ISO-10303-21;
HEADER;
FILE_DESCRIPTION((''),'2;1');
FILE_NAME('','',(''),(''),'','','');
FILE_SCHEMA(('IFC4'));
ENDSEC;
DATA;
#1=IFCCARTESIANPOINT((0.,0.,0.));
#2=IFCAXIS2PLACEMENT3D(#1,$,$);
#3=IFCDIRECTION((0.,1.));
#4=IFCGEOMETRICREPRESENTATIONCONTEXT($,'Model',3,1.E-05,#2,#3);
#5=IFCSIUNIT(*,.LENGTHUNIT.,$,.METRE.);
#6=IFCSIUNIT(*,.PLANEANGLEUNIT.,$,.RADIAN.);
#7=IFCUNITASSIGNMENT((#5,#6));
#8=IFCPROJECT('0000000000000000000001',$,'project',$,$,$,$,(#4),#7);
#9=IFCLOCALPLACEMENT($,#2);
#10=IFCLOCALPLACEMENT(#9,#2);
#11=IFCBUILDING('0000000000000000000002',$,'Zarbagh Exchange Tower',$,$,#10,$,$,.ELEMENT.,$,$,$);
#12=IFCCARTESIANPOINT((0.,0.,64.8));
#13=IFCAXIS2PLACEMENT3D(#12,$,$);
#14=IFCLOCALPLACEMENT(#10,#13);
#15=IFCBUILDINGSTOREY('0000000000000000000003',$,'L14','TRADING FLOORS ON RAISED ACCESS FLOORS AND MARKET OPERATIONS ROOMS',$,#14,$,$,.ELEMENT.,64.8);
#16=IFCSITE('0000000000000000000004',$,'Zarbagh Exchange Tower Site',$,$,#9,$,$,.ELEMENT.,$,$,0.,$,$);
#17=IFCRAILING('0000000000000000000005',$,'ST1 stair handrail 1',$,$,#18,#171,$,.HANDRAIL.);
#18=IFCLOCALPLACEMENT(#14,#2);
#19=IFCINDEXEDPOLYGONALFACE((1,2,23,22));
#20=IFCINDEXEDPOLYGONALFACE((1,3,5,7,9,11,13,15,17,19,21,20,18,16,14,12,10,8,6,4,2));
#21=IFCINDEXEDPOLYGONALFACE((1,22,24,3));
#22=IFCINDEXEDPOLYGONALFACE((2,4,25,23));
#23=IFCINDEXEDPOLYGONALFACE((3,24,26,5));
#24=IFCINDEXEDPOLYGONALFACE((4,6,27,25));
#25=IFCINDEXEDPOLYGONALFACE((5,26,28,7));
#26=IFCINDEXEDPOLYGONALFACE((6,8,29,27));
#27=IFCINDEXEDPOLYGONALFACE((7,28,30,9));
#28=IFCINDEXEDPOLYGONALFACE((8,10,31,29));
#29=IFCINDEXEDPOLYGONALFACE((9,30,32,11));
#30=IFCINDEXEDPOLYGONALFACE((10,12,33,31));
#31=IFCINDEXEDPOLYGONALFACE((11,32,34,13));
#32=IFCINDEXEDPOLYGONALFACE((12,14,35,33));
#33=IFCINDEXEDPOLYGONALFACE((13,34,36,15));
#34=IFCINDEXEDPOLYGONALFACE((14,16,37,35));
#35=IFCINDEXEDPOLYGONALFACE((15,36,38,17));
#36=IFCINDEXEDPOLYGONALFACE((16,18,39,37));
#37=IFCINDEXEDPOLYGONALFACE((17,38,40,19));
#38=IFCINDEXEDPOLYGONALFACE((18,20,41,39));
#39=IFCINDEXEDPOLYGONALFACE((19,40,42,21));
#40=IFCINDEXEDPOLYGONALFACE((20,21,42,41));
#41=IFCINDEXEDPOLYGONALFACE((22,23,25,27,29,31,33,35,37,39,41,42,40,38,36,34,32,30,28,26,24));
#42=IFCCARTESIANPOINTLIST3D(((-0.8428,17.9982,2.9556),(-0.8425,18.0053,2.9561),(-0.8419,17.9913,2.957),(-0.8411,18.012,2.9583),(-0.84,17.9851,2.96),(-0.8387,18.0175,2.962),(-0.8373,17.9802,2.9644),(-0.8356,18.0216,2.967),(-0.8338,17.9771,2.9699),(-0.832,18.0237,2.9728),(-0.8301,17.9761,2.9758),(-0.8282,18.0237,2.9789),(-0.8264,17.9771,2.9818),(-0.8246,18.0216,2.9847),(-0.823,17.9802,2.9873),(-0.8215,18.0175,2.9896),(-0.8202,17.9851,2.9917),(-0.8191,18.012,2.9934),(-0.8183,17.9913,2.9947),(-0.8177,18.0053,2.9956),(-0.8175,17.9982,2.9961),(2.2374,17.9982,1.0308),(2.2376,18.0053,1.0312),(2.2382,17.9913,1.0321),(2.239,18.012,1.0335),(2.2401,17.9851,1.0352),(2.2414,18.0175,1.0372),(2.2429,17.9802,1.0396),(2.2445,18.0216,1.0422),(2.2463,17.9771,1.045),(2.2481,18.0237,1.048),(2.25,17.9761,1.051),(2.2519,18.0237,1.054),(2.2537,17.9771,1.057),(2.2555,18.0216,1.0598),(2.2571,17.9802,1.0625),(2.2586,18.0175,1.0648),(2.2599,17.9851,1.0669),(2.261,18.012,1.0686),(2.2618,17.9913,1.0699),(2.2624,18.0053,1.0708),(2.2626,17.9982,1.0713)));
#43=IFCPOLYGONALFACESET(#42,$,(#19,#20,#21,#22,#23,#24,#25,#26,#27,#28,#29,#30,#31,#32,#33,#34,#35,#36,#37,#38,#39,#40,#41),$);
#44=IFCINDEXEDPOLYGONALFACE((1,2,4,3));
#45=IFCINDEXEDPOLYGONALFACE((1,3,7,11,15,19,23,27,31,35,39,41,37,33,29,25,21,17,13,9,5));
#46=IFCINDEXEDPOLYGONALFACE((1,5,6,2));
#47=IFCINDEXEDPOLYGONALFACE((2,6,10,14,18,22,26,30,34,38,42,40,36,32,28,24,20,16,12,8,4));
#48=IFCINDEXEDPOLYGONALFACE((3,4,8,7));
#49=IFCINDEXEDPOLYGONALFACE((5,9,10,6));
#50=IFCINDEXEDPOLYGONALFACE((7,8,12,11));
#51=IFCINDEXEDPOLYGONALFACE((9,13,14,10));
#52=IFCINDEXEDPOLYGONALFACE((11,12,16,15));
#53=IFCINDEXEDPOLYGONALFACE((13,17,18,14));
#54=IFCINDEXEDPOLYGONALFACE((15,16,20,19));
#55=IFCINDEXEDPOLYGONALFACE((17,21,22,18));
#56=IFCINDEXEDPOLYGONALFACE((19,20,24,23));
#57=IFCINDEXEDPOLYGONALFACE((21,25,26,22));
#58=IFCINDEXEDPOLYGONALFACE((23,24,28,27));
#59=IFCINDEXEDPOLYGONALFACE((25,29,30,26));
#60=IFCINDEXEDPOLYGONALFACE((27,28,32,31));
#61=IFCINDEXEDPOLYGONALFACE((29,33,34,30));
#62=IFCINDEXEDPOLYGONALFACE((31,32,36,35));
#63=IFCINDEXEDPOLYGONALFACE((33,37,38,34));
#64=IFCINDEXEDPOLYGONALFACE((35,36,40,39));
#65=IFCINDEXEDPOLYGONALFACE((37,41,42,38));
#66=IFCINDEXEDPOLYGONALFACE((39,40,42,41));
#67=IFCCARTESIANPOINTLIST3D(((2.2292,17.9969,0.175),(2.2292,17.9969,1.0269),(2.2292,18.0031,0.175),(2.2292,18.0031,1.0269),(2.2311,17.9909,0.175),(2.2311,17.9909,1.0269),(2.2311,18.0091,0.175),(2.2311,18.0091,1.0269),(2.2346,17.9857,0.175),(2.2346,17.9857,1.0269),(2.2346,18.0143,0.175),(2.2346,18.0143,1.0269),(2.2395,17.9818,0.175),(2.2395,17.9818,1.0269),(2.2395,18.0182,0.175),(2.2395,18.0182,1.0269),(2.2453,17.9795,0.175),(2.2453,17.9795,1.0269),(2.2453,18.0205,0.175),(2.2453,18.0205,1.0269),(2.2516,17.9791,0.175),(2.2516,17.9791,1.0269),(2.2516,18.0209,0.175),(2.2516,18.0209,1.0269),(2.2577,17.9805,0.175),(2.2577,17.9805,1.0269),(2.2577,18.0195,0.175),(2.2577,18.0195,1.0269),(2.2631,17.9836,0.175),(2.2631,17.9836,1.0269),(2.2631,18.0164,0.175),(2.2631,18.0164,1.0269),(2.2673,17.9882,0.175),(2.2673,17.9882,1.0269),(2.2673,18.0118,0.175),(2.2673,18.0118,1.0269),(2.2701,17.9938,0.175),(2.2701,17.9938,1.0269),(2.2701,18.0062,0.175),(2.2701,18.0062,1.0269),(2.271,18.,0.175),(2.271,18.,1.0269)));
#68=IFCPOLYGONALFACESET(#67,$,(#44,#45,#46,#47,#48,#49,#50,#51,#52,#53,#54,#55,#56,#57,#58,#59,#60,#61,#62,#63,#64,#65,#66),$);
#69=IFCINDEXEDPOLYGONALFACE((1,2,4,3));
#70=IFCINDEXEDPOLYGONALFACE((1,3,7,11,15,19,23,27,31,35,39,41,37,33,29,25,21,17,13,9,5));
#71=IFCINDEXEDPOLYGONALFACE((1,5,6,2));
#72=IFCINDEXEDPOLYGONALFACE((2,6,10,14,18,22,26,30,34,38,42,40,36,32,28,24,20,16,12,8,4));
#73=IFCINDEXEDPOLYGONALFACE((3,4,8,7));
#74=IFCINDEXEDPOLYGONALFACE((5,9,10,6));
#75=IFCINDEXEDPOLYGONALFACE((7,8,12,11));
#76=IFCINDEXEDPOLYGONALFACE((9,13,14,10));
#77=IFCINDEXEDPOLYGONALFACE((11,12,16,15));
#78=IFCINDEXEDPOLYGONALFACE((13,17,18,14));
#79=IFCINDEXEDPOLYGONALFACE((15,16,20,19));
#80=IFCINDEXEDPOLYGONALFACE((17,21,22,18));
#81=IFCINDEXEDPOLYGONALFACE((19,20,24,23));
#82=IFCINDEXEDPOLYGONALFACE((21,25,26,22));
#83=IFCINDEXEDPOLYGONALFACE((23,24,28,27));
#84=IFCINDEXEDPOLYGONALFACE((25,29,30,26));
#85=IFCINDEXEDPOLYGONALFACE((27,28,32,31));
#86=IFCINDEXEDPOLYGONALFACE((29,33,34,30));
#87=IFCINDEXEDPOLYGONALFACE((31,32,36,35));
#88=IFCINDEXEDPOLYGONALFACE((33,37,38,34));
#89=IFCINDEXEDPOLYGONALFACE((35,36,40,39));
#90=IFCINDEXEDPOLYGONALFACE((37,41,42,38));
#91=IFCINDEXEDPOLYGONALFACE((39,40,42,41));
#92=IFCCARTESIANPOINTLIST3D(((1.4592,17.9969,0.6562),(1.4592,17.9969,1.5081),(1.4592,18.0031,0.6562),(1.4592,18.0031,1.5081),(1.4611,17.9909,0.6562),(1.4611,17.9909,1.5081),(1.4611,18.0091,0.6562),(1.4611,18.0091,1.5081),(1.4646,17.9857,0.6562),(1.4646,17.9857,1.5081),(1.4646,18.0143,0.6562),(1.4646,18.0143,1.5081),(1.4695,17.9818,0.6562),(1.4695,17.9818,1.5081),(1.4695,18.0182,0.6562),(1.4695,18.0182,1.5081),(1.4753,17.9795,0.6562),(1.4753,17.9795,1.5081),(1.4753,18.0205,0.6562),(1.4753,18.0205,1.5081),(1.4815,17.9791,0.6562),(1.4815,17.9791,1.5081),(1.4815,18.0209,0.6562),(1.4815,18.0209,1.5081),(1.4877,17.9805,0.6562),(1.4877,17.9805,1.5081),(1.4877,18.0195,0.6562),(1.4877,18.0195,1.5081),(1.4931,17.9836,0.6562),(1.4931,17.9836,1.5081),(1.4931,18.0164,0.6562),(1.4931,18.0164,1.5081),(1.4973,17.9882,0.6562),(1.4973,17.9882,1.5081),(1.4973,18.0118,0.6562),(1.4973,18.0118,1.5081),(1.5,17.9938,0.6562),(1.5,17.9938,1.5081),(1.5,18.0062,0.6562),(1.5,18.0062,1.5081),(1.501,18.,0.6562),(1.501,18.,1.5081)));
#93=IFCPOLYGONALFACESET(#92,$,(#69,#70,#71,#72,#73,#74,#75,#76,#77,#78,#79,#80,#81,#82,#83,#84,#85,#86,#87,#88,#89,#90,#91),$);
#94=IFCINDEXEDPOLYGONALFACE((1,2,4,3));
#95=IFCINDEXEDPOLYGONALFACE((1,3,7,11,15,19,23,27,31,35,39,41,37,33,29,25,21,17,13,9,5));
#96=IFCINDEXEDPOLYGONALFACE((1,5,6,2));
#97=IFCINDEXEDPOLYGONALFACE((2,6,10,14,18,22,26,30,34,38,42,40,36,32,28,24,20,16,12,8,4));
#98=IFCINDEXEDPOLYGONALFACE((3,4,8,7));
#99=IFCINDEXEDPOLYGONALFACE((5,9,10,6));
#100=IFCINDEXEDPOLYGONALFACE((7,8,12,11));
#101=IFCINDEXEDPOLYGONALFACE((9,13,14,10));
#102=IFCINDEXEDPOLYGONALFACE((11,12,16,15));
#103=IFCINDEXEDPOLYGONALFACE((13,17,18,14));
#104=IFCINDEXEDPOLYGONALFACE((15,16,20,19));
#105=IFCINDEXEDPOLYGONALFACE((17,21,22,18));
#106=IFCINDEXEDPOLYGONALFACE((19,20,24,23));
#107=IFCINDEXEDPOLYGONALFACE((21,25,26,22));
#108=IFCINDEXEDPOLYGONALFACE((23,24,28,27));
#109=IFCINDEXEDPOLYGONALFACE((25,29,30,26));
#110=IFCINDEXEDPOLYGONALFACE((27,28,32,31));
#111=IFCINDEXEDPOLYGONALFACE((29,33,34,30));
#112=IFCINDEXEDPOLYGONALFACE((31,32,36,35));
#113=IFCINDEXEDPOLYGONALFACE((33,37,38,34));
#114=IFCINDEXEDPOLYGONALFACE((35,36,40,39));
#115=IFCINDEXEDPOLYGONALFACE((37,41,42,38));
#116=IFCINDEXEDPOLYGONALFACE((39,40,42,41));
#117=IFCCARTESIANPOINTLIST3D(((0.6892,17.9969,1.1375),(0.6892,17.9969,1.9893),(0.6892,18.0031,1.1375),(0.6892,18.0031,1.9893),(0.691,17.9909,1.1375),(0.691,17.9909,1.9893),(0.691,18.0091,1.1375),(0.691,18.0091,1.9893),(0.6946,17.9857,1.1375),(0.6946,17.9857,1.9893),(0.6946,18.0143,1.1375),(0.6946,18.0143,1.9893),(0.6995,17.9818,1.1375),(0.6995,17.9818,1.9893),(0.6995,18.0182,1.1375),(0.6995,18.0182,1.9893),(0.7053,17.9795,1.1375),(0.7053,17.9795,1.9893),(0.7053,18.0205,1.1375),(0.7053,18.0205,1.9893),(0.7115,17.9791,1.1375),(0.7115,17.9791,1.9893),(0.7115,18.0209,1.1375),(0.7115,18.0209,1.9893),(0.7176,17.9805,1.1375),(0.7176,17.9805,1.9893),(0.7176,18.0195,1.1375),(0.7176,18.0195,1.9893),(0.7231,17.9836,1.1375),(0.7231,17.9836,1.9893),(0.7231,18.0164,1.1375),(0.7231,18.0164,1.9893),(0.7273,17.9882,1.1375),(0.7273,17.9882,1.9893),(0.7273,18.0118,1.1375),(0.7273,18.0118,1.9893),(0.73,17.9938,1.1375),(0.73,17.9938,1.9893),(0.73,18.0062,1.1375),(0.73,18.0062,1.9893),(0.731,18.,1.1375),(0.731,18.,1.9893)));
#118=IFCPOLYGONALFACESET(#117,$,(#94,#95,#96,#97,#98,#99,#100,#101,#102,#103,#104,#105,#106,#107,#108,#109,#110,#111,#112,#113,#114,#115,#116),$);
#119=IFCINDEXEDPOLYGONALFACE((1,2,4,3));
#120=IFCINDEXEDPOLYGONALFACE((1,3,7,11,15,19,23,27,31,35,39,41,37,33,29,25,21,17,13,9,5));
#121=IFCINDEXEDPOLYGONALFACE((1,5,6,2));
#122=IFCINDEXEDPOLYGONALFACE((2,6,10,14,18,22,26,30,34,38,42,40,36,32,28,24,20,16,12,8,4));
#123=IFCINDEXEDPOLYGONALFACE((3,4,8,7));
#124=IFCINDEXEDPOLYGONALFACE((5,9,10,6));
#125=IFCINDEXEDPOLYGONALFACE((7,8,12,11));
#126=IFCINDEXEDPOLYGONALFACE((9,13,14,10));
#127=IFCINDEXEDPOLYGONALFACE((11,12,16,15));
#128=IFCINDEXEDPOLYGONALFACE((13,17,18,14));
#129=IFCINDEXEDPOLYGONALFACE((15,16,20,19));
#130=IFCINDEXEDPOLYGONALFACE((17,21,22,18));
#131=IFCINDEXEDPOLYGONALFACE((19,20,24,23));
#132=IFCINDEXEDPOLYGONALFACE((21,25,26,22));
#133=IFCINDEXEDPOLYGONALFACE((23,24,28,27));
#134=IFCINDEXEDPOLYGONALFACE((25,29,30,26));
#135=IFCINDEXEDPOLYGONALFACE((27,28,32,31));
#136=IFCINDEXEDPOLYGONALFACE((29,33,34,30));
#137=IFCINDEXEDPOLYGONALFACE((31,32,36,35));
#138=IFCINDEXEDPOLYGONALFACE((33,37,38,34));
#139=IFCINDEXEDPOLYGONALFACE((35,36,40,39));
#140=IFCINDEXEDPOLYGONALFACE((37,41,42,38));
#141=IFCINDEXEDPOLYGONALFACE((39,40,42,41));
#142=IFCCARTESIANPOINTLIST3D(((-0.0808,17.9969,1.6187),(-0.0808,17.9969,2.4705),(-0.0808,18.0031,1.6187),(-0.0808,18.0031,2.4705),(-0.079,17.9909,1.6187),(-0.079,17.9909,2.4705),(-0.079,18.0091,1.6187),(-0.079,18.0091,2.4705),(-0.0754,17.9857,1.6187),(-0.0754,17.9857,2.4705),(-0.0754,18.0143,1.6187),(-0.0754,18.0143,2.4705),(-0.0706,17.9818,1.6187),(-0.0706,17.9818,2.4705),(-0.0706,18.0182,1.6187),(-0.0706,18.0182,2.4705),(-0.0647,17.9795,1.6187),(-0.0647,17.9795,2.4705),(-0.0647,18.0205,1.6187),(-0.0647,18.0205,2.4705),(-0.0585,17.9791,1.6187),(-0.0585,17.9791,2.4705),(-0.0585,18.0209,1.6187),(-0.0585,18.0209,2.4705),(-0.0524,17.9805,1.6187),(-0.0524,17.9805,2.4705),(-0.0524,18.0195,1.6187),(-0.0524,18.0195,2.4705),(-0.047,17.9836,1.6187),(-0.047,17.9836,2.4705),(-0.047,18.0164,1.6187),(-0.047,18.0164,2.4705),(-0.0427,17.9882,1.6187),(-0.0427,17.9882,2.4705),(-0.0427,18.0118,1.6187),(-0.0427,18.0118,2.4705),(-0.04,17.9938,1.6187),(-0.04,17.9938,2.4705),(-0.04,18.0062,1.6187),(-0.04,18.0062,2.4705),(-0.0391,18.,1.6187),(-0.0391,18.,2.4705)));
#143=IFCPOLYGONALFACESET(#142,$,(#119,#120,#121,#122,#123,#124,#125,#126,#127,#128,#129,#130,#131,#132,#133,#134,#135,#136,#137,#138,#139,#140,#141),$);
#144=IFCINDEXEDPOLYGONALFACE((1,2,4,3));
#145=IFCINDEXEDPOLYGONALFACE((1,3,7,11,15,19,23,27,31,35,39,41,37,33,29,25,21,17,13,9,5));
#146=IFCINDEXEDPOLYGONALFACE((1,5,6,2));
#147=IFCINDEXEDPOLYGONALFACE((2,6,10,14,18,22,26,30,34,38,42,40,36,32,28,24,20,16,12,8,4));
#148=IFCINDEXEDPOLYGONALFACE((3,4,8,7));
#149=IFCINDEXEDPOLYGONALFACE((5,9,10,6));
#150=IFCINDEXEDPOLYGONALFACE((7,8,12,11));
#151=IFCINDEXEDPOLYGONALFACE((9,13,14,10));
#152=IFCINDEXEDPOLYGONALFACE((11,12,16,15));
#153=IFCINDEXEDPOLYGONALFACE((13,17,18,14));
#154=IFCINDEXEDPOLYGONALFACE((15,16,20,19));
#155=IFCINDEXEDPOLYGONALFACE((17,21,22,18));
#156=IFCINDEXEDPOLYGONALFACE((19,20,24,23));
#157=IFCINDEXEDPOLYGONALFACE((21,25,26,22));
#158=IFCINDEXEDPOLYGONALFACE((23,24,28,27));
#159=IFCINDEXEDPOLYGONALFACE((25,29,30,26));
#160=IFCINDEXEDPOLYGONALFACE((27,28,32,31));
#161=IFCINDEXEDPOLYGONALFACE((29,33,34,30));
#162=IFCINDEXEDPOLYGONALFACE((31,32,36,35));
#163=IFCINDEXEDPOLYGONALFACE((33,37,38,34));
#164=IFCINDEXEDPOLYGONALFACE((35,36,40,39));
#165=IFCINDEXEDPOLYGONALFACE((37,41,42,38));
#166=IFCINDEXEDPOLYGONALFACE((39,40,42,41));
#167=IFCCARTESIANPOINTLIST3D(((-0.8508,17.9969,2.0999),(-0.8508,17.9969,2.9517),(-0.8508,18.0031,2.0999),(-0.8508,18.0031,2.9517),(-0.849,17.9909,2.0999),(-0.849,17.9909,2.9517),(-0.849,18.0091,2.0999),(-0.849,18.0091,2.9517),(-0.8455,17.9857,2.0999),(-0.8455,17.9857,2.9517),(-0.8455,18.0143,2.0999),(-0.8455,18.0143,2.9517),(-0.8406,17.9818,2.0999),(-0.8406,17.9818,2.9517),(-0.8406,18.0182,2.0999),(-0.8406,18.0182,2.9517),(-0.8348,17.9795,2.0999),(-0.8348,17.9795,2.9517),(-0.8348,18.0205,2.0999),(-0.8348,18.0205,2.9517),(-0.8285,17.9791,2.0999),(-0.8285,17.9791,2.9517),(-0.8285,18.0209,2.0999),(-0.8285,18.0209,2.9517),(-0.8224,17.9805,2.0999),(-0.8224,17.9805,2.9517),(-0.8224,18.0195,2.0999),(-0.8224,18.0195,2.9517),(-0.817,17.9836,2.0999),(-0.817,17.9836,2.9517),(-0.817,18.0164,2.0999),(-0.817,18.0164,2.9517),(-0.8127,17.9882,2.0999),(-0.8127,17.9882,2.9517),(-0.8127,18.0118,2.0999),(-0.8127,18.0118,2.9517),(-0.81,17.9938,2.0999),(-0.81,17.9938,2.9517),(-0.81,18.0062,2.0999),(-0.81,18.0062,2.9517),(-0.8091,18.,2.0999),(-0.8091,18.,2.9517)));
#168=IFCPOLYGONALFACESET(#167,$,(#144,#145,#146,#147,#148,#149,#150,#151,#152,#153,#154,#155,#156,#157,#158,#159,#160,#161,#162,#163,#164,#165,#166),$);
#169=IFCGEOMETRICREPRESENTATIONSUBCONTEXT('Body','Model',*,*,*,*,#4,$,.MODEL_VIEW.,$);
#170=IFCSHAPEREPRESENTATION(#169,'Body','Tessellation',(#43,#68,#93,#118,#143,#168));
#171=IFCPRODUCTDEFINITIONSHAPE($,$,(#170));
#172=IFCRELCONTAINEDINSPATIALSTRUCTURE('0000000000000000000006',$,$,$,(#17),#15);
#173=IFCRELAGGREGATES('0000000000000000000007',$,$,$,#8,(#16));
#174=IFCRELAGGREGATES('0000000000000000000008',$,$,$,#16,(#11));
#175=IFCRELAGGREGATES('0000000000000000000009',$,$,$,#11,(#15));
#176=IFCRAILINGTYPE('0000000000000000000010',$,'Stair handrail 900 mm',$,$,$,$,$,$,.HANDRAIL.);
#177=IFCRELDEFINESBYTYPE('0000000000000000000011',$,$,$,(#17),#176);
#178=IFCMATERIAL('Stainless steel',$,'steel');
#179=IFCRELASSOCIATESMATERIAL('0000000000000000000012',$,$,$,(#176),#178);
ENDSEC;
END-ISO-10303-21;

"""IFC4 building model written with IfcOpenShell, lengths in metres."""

from ifc_helpers import new_model, si_unit, direction, frame, origin, origin_2d, place, context, subcontext, project, spatial, circle, extrude, material, type_object, element, save


model = new_model("IFC4")

# Units and contexts
model_context = context("Model", 3, precision=1e-05, world=origin(), true_north=direction((0.0, 1.0)))
body_context = subcontext(model_context, "Body", "Model", "MODEL_VIEW")
ifc_project = project(units=[si_unit("LENGTHUNIT", "METRE"), si_unit("PLANEANGLEUNIT", "RADIAN")], contexts=[model_context])

# Site, building, storey
site_placement = place(None, origin())
site = spatial("IfcSite", under=ifc_project, at=site_placement, Name="Zarbagh Exchange Tower Site", CompositionType="ELEMENT", RefElevation=0.0)
building_placement = place(site_placement, origin())
building = spatial("IfcBuilding", under=site, at=building_placement, Name="Zarbagh Exchange Tower", CompositionType="ELEMENT")
storey_placement = place(building_placement, frame((0.0, 0.0, 64.8)))
storey = spatial("IfcBuildingStorey", under=building, at=storey_placement, Name="L14", Description="TRADING FLOORS ON RAISED ACCESS FLOORS AND MARKET OPERATIONS ROOMS", CompositionType="ELEMENT", Elevation=64.8)

# Shared definitions
ifc_material_1 = material(Name="Stainless steel", Category="steel")

# Railing
railing_type_1 = type_object("IfcRailingType", Name="Stair handrail 900 mm", PredefinedType="HANDRAIL", material=ifc_material_1)
railing_1_placement = place(storey_placement, frame((2.25, 18.0, 0.175)))
element("IfcRailing", 1, at=railing_1_placement, inside=storey, type_object=railing_type_1, Name="ST1 stair handrail 1", PredefinedType="HANDRAIL", context=body_context, shape_type="SweptSolid", body=[
    extrude(circle(Radius=0.0239, at=origin_2d()), frame((0.0, 0.0, 0.876), z_axis=(-0.848029, 0.0, 0.529951), x_axis=(0.0, -1.0, 0.0)), (0.0, 0.0, 1.0), 3.6321),
    extrude(circle(Radius=0.021, at=origin_2d()), origin(), (0.0, 0.0, 1.0), 0.8518),
    extrude(circle(Radius=0.021, at=origin_2d()), frame((-0.77, 0.0, 0.4812)), (0.0, 0.0, 1.0), 0.8518),
    extrude(circle(Radius=0.021, at=origin_2d()), frame((-1.54, 0.0, 0.9624)), (0.0, 0.0, 1.0), 0.8518),
    extrude(circle(Radius=0.021, at=origin_2d()), frame((-2.3101, 0.0, 1.4436)), (0.0, 0.0, 1.0), 0.8518),
    extrude(circle(Radius=0.021, at=origin_2d()), frame((-3.0801, 0.0, 1.9248)), (0.0, 0.0, 1.0), 0.8518),
])

save(model, "model.ifc")
